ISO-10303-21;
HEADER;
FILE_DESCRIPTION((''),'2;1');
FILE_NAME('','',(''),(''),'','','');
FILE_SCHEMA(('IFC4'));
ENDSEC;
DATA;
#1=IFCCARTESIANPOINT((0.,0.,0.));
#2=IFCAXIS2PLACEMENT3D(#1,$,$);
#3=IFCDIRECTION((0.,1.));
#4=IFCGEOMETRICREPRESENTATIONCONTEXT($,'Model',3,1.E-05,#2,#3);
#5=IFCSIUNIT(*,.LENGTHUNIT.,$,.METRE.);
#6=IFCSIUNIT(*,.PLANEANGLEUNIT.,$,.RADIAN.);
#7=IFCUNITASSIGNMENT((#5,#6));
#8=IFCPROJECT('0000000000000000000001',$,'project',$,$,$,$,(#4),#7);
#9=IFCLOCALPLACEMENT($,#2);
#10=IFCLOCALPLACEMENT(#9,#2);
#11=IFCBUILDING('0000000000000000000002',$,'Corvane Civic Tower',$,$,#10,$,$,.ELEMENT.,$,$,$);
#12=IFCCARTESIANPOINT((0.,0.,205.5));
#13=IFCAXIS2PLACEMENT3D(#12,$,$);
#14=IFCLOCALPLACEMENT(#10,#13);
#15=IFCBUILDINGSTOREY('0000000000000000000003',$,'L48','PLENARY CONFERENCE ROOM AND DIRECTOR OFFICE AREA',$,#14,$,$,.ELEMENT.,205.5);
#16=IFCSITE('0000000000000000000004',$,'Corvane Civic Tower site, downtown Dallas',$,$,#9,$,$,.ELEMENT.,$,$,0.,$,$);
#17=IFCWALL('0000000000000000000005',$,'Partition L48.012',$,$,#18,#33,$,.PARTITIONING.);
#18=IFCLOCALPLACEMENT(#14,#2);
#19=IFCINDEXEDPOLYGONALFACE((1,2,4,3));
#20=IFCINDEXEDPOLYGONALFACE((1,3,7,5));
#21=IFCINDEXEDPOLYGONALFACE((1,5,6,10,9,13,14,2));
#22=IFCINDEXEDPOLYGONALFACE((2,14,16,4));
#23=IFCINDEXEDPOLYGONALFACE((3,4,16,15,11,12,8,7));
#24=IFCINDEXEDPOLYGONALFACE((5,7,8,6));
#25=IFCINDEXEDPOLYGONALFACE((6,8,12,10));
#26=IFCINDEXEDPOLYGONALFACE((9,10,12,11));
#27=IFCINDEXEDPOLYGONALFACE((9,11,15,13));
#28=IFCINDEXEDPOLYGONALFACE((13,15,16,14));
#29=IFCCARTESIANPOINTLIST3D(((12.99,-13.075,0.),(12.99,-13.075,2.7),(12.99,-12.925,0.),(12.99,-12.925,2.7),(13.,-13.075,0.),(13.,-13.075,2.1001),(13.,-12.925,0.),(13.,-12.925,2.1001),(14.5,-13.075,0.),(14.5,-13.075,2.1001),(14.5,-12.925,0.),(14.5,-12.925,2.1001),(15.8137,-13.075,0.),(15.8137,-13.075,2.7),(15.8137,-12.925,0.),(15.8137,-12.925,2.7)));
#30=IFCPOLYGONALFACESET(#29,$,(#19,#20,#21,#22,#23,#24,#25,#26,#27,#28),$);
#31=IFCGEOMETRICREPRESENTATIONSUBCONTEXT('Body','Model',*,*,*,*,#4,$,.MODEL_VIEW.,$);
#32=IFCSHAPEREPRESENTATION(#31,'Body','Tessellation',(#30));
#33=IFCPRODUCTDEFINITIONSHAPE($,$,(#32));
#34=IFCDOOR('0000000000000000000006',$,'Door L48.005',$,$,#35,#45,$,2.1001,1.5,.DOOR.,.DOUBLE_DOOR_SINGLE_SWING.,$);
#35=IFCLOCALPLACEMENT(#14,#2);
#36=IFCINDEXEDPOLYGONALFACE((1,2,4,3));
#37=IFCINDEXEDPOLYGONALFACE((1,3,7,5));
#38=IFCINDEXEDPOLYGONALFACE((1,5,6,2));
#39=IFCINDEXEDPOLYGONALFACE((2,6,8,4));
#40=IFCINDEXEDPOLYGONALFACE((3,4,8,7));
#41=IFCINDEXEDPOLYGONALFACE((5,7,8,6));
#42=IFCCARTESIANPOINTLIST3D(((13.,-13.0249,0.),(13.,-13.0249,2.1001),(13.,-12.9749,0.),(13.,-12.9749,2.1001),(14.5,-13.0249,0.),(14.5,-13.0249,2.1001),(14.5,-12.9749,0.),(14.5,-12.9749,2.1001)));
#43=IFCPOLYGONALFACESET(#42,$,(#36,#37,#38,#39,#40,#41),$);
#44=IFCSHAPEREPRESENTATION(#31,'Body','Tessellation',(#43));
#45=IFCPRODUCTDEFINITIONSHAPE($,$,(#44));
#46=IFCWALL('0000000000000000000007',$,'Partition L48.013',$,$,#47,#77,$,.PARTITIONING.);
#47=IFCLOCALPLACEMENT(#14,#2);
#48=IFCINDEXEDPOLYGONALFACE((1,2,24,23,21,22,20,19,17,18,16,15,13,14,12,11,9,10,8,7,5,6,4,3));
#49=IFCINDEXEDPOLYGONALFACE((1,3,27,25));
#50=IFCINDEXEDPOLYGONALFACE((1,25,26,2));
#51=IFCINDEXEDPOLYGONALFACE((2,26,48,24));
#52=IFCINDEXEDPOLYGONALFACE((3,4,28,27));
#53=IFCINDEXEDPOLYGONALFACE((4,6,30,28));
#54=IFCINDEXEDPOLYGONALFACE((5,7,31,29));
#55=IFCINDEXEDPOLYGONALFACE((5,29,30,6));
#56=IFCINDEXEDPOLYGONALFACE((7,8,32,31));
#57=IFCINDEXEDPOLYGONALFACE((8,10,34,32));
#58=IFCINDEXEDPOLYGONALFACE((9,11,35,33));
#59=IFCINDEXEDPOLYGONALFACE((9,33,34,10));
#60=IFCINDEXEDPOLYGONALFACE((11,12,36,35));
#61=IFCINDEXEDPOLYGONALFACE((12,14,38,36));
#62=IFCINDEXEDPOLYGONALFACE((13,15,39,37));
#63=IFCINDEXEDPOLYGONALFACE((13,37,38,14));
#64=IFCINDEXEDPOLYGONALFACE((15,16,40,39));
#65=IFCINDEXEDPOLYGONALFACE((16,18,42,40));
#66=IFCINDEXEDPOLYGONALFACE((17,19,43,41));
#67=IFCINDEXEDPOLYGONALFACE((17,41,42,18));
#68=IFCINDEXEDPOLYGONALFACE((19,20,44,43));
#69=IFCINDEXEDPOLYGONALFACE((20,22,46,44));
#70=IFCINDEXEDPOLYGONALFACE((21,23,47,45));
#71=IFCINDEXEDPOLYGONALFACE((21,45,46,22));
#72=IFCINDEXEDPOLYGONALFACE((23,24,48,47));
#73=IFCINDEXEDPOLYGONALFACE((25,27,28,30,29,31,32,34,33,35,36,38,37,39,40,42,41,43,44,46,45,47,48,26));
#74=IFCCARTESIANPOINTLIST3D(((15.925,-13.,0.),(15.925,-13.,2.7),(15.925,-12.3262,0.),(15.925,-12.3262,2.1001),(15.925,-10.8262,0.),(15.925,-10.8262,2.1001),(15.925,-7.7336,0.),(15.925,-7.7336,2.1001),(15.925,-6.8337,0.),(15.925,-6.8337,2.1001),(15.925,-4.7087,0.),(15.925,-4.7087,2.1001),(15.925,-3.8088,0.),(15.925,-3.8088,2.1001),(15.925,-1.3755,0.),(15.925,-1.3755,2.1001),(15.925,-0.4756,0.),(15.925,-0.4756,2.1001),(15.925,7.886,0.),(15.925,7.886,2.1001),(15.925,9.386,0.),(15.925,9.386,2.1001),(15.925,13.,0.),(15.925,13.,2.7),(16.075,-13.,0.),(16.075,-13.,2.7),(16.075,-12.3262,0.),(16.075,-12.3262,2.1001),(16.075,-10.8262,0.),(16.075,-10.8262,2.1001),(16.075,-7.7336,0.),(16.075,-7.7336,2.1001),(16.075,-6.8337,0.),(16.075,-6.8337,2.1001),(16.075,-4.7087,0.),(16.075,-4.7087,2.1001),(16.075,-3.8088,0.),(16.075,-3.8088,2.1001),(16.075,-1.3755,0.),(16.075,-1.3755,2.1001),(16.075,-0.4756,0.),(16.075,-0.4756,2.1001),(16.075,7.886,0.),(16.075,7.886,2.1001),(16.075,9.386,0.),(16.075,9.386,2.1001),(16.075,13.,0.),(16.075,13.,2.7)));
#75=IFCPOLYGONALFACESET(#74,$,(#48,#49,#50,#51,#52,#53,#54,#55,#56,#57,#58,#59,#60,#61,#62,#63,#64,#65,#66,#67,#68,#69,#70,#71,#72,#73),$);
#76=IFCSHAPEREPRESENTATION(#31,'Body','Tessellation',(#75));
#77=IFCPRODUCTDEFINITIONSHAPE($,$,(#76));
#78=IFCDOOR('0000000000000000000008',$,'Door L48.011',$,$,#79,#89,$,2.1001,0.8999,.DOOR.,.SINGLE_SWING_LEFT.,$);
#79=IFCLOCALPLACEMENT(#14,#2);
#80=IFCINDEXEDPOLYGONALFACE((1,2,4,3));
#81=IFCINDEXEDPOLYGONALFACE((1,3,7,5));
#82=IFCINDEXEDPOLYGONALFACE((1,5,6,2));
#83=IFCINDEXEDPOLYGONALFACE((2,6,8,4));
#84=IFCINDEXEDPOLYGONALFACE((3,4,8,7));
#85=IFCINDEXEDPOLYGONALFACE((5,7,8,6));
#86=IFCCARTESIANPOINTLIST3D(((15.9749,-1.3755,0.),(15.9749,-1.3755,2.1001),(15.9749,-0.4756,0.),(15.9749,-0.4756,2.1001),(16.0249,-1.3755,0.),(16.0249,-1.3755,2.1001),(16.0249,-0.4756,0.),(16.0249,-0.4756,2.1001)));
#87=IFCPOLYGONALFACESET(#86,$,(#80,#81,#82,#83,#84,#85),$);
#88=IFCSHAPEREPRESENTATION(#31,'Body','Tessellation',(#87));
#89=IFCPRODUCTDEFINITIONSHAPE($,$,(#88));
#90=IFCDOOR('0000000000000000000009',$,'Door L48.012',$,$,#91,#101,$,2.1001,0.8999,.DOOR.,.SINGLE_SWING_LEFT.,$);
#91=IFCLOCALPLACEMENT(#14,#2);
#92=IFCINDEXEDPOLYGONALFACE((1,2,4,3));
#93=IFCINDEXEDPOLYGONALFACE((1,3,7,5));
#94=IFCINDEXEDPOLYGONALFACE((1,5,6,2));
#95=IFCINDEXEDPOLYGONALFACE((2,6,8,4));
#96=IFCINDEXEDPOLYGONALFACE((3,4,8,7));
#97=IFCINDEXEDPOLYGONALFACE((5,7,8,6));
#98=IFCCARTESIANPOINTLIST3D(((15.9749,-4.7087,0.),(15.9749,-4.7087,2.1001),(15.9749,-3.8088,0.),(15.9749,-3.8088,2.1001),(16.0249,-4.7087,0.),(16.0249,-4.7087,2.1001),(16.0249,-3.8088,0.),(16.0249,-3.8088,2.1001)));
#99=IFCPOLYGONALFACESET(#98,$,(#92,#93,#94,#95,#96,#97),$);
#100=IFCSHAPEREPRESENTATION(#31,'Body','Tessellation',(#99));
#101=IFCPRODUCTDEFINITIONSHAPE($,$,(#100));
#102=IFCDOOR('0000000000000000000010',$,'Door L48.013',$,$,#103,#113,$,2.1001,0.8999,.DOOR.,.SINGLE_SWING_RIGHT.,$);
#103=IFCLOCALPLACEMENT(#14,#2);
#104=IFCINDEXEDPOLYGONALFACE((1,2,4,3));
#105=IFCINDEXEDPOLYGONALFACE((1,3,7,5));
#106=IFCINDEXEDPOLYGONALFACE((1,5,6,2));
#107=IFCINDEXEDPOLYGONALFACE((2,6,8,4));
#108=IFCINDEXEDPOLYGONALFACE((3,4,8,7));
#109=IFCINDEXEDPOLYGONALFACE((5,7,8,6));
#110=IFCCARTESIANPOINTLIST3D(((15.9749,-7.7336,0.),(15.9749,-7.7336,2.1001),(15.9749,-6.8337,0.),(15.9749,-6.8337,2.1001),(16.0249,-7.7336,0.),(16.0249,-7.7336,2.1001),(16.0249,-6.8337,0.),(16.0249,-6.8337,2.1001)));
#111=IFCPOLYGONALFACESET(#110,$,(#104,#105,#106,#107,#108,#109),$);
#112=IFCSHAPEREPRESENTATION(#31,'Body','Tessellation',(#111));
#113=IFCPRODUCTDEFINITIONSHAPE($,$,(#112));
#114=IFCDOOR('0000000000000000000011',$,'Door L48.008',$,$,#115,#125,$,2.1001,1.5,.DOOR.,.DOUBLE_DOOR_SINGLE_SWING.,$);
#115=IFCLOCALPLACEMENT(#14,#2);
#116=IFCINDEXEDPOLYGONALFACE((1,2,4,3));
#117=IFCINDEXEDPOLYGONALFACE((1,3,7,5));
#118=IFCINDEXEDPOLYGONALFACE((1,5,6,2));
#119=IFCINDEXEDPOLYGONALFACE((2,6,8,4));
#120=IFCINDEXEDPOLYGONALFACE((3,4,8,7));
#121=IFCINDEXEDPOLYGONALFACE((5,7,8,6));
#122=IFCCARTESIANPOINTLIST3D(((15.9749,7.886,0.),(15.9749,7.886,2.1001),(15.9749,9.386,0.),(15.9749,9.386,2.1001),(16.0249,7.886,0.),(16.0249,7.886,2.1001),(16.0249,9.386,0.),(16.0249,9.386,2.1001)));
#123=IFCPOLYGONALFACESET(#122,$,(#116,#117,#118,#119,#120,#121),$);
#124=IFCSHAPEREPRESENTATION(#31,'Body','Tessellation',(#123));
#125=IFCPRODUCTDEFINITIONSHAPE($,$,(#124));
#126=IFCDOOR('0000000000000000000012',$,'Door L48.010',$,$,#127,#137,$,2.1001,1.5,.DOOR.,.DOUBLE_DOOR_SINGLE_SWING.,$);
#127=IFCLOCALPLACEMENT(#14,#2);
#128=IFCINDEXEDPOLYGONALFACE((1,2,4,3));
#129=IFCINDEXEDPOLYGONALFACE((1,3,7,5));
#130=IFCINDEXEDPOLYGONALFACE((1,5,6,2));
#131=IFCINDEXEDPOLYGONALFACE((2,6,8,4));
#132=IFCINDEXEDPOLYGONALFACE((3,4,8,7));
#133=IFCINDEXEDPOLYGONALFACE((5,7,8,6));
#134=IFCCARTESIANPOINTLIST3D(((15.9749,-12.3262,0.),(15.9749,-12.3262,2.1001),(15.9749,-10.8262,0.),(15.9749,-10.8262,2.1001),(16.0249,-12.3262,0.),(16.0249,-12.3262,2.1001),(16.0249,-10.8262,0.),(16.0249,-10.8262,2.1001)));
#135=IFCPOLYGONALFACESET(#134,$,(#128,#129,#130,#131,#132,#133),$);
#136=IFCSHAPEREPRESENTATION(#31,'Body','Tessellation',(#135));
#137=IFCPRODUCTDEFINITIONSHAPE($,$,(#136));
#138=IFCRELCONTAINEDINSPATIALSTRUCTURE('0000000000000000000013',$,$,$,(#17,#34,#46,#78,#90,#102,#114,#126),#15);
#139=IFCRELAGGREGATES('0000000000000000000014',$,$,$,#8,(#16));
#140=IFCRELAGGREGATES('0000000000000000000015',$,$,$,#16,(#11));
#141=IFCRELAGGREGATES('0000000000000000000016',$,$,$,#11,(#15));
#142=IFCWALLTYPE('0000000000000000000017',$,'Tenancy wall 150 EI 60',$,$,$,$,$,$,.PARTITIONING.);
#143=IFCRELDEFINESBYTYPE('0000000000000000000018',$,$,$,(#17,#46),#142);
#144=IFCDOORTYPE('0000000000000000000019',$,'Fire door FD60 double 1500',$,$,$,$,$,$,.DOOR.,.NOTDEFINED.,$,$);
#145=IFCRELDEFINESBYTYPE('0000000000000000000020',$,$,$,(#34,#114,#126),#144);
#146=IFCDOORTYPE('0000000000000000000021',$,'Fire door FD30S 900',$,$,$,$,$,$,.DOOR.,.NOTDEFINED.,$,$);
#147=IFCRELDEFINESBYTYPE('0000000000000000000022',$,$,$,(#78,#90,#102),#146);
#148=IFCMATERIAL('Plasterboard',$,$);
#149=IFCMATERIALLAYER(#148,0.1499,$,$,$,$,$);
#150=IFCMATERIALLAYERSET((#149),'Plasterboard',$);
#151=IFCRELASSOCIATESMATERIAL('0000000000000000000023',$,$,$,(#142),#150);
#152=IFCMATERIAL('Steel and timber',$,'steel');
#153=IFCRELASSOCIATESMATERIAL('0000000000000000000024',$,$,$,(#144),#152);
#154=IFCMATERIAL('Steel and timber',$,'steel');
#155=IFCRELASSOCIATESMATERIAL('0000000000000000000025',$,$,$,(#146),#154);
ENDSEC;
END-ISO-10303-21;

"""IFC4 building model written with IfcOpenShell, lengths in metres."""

from ifc_helpers import new_model, si_unit, direction, frame, frame_2d, origin, place, context, subcontext, project, spatial, rectangle, extrude, material, layer, layer_set, type_object, element, fill, save


model = new_model("IFC4")

# Units and contexts
model_context = context("Model", 3, precision=1e-05, world=origin(), true_north=direction((0.0, 1.0)))
body_context = subcontext(model_context, "Body", "Model", "MODEL_VIEW")
ifc_project = project(units=[si_unit("LENGTHUNIT", "METRE"), si_unit("PLANEANGLEUNIT", "RADIAN")], contexts=[model_context])

# Site, building, storey
site_placement = place(None, origin())
site = spatial("IfcSite", under=ifc_project, at=site_placement, Name="Corvane Civic Tower site, downtown Dallas", CompositionType="ELEMENT", RefElevation=0.0)
building_placement = place(site_placement, origin())
building = spatial("IfcBuilding", under=site, at=building_placement, Name="Corvane Civic Tower", CompositionType="ELEMENT")
storey_placement = place(building_placement, frame((0.0, 0.0, 205.5)))
storey = spatial("IfcBuildingStorey", under=building, at=storey_placement, Name="L48", Description="PLENARY CONFERENCE ROOM AND DIRECTOR OFFICE AREA", CompositionType="ELEMENT", Elevation=205.5)

# Wall, opening, door
ifc_material_1 = material(Name="Plasterboard")
ifc_layer_1 = layer(ifc_material_1, 0.1499)
ifc_layer_set_1 = layer_set([ifc_layer_1], Name="Plasterboard")
wall_type_1 = type_object("IfcWallType", Name="Tenancy wall 150 EI 60", PredefinedType="PARTITIONING", material=ifc_layer_set_1)
wall_1_placement = place(storey_placement, frame((12.99, -13.0, 0.0), z_axis=(0.0, 0.0, 1.0), x_axis=(1.0, 0.0, 0.0)))
wall_1 = element("IfcWall", 1, at=wall_1_placement, inside=storey, type_object=wall_type_1, Name="Partition L48.012", PredefinedType="PARTITIONING", context=body_context, shape_type="SweptSolid", body=[
    extrude(rectangle(XDim=2.8237, YDim=0.1499, at=frame_2d((1.4119, 0.0))), origin(), (0.0, 0.0, 1.0), 2.7),
])
opening_1_placement = place(wall_1_placement, frame((0.01, 0.0, 0.0)))
opening_1 = element("IfcOpeningElement", 2, at=opening_1_placement, cuts=wall_1, PredefinedType="OPENING", context=body_context, shape_type="SweptSolid", body=[
    extrude(rectangle(XDim=1.5, YDim=2.1001, at=frame_2d((0.75, 1.05))), frame((0.0, 0.085, 0.0), z_axis=(0.0, -1.0, 0.0), x_axis=(1.0, 0.0, 0.0)), (0.0, 0.0, 1.0), 0.1699),
])
ifc_material_2 = material(Name="Steel and timber", Category="steel")
door_type_1 = type_object("IfcDoorType", Name="Fire door FD60 double 1500", OperationType="NOTDEFINED", PredefinedType="DOOR", material=ifc_material_2)
door_1_placement = place(opening_1_placement, frame((1.5, 0.0, 0.0), z_axis=(0.0, 0.0, 1.0), x_axis=(-1.0, 0.0, 0.0)))
door_1 = element("IfcDoor", 3, at=door_1_placement, inside=storey, type_object=door_type_1, Name="Door L48.005", OperationType="DOUBLE_DOOR_SINGLE_SWING", OverallHeight=2.1001, OverallWidth=1.5, PredefinedType="DOOR", context=body_context, shape_type="SweptSolid", body=[
    extrude(rectangle(XDim=1.5, YDim=2.1001, at=frame_2d((0.75, 1.05))), frame((0.0, 0.0249, 0.0), z_axis=(0.0, -1.0, 0.0), x_axis=(1.0, 0.0, 0.0)), (0.0, 0.0, 1.0), 0.05),
])
fill(opening_1, door_1)

# Wall, openings, doors
wall_2_placement = place(storey_placement, frame((16.0, -13.0, 0.0), z_axis=(0.0, 0.0, 1.0), x_axis=(0.0, 1.0, 0.0)))
wall_2 = element("IfcWall", 4, at=wall_2_placement, inside=storey, type_object=wall_type_1, Name="Partition L48.013", PredefinedType="PARTITIONING", context=body_context, shape_type="SweptSolid", body=[
    extrude(rectangle(XDim=26.0, YDim=0.1499, at=frame_2d((13.0, 0.0))), origin(), (0.0, 0.0, 1.0), 2.7),
])
opening_2_placement = place(wall_2_placement, frame((20.886, 0.0, 0.0)))
opening_2 = element("IfcOpeningElement", 5, at=opening_2_placement, cuts=wall_2, PredefinedType="OPENING", context=body_context, shape_type="SweptSolid", body=[
    extrude(rectangle(XDim=1.5, YDim=2.1001, at=frame_2d((0.75, 1.05))), frame((0.0, 0.085, 0.0), z_axis=(0.0, -1.0, 0.0), x_axis=(1.0, 0.0, 0.0)), (0.0, 0.0, 1.0), 0.1699),
])
opening_3_placement = place(wall_2_placement, frame((0.6738, 0.0, 0.0)))
opening_3 = element("IfcOpeningElement", 6, at=opening_3_placement, cuts=wall_2, PredefinedType="OPENING", context=body_context, shape_type="SweptSolid", body=[
    extrude(rectangle(XDim=1.5, YDim=2.1001, at=frame_2d((0.75, 1.05))), frame((0.0, 0.085, 0.0), z_axis=(0.0, -1.0, 0.0), x_axis=(1.0, 0.0, 0.0)), (0.0, 0.0, 1.0), 0.1699),
])
opening_4_placement = place(wall_2_placement, frame((11.6245, 0.0, 0.0)))
opening_4 = element("IfcOpeningElement", 7, at=opening_4_placement, cuts=wall_2, PredefinedType="OPENING", context=body_context, shape_type="SweptSolid", body=[
    extrude(rectangle(XDim=0.8999, YDim=2.1001, at=frame_2d((0.45, 1.05))), frame((0.0, 0.085, 0.0), z_axis=(0.0, -1.0, 0.0), x_axis=(1.0, 0.0, 0.0)), (0.0, 0.0, 1.0), 0.1699),
])
opening_5_placement = place(wall_2_placement, frame((8.2913, 0.0, 0.0)))
opening_5 = element("IfcOpeningElement", 8, at=opening_5_placement, cuts=wall_2, PredefinedType="OPENING", context=body_context, shape_type="SweptSolid", body=[
    extrude(rectangle(XDim=0.8999, YDim=2.1001, at=frame_2d((0.45, 1.05))), frame((0.0, 0.085, 0.0), z_axis=(0.0, -1.0, 0.0), x_axis=(1.0, 0.0, 0.0)), (0.0, 0.0, 1.0), 0.1699),
])
opening_6_placement = place(wall_2_placement, frame((5.2664, 0.0, 0.0)))
opening_6 = element("IfcOpeningElement", 9, at=opening_6_placement, cuts=wall_2, PredefinedType="OPENING", context=body_context, shape_type="SweptSolid", body=[
    extrude(rectangle(XDim=0.8999, YDim=2.1001, at=frame_2d((0.45, 1.05))), frame((0.0, 0.085, 0.0), z_axis=(0.0, -1.0, 0.0), x_axis=(1.0, 0.0, 0.0)), (0.0, 0.0, 1.0), 0.1699),
])
ifc_material_3 = material(Name="Steel and timber", Category="steel")
door_type_2 = type_object("IfcDoorType", Name="Fire door FD30S 900", OperationType="NOTDEFINED", PredefinedType="DOOR", material=ifc_material_3)
door_2_placement = place(opening_4_placement, frame((0.8999, 0.0, 0.0), z_axis=(0.0, 0.0, 1.0), x_axis=(-1.0, 0.0, 0.0)))
door_2 = element("IfcDoor", 10, at=door_2_placement, inside=storey, type_object=door_type_2, Name="Door L48.011", OperationType="SINGLE_SWING_LEFT", OverallHeight=2.1001, OverallWidth=0.8999, PredefinedType="DOOR", context=body_context, shape_type="SweptSolid", body=[
    extrude(rectangle(XDim=0.8999, YDim=2.1001, at=frame_2d((0.45, 1.05))), frame((0.0, 0.0249, 0.0), z_axis=(0.0, -1.0, 0.0), x_axis=(1.0, 0.0, 0.0)), (0.0, 0.0, 1.0), 0.05),
])
fill(opening_4, door_2)
door_3_placement = place(opening_5_placement, frame((0.8999, 0.0, 0.0), z_axis=(0.0, 0.0, 1.0), x_axis=(-1.0, 0.0, 0.0)))
door_3 = element("IfcDoor", 11, at=door_3_placement, inside=storey, type_object=door_type_2, Name="Door L48.012", OperationType="SINGLE_SWING_LEFT", OverallHeight=2.1001, OverallWidth=0.8999, PredefinedType="DOOR", context=body_context, shape_type="SweptSolid", body=[
    extrude(rectangle(XDim=0.8999, YDim=2.1001, at=frame_2d((0.45, 1.05))), frame((0.0, 0.0249, 0.0), z_axis=(0.0, -1.0, 0.0), x_axis=(1.0, 0.0, 0.0)), (0.0, 0.0, 1.0), 0.05),
])
fill(opening_5, door_3)
door_4_placement = place(opening_6_placement, frame((0.8999, 0.0, 0.0), z_axis=(0.0, 0.0, 1.0), x_axis=(-1.0, 0.0, 0.0)))
door_4 = element("IfcDoor", 12, at=door_4_placement, inside=storey, type_object=door_type_2, Name="Door L48.013", OperationType="SINGLE_SWING_RIGHT", OverallHeight=2.1001, OverallWidth=0.8999, PredefinedType="DOOR", context=body_context, shape_type="SweptSolid", body=[
    extrude(rectangle(XDim=0.8999, YDim=2.1001, at=frame_2d((0.45, 1.05))), frame((0.0, 0.0249, 0.0), z_axis=(0.0, -1.0, 0.0), x_axis=(1.0, 0.0, 0.0)), (0.0, 0.0, 1.0), 0.05),
])
fill(opening_6, door_4)
door_5_placement = place(opening_2_placement, frame((1.5, 0.0, 0.0), z_axis=(0.0, 0.0, 1.0), x_axis=(-1.0, 0.0, 0.0)))
door_5 = element("IfcDoor", 13, at=door_5_placement, inside=storey, type_object=door_type_1, Name="Door L48.008", OperationType="DOUBLE_DOOR_SINGLE_SWING", OverallHeight=2.1001, OverallWidth=1.5, PredefinedType="DOOR", context=body_context, shape_type="SweptSolid", body=[
    extrude(rectangle(XDim=1.5, YDim=2.1001, at=frame_2d((0.75, 1.05))), frame((0.0, 0.0249, 0.0), z_axis=(0.0, -1.0, 0.0), x_axis=(1.0, 0.0, 0.0)), (0.0, 0.0, 1.0), 0.05),
])
fill(opening_2, door_5)
door_6_placement = place(opening_3_placement, frame((1.5, 0.0, 0.0), z_axis=(0.0, 0.0, 1.0), x_axis=(-1.0, 0.0, 0.0)))
door_6 = element("IfcDoor", 14, at=door_6_placement, inside=storey, type_object=door_type_1, Name="Door L48.010", OperationType="DOUBLE_DOOR_SINGLE_SWING", OverallHeight=2.1001, OverallWidth=1.5, PredefinedType="DOOR", context=body_context, shape_type="SweptSolid", body=[
    extrude(rectangle(XDim=1.5, YDim=2.1001, at=frame_2d((0.75, 1.05))), frame((0.0, 0.0249, 0.0), z_axis=(0.0, -1.0, 0.0), x_axis=(1.0, 0.0, 0.0)), (0.0, 0.0, 1.0), 0.05),
])
fill(opening_3, door_6)

save(model, "model.ifc")
